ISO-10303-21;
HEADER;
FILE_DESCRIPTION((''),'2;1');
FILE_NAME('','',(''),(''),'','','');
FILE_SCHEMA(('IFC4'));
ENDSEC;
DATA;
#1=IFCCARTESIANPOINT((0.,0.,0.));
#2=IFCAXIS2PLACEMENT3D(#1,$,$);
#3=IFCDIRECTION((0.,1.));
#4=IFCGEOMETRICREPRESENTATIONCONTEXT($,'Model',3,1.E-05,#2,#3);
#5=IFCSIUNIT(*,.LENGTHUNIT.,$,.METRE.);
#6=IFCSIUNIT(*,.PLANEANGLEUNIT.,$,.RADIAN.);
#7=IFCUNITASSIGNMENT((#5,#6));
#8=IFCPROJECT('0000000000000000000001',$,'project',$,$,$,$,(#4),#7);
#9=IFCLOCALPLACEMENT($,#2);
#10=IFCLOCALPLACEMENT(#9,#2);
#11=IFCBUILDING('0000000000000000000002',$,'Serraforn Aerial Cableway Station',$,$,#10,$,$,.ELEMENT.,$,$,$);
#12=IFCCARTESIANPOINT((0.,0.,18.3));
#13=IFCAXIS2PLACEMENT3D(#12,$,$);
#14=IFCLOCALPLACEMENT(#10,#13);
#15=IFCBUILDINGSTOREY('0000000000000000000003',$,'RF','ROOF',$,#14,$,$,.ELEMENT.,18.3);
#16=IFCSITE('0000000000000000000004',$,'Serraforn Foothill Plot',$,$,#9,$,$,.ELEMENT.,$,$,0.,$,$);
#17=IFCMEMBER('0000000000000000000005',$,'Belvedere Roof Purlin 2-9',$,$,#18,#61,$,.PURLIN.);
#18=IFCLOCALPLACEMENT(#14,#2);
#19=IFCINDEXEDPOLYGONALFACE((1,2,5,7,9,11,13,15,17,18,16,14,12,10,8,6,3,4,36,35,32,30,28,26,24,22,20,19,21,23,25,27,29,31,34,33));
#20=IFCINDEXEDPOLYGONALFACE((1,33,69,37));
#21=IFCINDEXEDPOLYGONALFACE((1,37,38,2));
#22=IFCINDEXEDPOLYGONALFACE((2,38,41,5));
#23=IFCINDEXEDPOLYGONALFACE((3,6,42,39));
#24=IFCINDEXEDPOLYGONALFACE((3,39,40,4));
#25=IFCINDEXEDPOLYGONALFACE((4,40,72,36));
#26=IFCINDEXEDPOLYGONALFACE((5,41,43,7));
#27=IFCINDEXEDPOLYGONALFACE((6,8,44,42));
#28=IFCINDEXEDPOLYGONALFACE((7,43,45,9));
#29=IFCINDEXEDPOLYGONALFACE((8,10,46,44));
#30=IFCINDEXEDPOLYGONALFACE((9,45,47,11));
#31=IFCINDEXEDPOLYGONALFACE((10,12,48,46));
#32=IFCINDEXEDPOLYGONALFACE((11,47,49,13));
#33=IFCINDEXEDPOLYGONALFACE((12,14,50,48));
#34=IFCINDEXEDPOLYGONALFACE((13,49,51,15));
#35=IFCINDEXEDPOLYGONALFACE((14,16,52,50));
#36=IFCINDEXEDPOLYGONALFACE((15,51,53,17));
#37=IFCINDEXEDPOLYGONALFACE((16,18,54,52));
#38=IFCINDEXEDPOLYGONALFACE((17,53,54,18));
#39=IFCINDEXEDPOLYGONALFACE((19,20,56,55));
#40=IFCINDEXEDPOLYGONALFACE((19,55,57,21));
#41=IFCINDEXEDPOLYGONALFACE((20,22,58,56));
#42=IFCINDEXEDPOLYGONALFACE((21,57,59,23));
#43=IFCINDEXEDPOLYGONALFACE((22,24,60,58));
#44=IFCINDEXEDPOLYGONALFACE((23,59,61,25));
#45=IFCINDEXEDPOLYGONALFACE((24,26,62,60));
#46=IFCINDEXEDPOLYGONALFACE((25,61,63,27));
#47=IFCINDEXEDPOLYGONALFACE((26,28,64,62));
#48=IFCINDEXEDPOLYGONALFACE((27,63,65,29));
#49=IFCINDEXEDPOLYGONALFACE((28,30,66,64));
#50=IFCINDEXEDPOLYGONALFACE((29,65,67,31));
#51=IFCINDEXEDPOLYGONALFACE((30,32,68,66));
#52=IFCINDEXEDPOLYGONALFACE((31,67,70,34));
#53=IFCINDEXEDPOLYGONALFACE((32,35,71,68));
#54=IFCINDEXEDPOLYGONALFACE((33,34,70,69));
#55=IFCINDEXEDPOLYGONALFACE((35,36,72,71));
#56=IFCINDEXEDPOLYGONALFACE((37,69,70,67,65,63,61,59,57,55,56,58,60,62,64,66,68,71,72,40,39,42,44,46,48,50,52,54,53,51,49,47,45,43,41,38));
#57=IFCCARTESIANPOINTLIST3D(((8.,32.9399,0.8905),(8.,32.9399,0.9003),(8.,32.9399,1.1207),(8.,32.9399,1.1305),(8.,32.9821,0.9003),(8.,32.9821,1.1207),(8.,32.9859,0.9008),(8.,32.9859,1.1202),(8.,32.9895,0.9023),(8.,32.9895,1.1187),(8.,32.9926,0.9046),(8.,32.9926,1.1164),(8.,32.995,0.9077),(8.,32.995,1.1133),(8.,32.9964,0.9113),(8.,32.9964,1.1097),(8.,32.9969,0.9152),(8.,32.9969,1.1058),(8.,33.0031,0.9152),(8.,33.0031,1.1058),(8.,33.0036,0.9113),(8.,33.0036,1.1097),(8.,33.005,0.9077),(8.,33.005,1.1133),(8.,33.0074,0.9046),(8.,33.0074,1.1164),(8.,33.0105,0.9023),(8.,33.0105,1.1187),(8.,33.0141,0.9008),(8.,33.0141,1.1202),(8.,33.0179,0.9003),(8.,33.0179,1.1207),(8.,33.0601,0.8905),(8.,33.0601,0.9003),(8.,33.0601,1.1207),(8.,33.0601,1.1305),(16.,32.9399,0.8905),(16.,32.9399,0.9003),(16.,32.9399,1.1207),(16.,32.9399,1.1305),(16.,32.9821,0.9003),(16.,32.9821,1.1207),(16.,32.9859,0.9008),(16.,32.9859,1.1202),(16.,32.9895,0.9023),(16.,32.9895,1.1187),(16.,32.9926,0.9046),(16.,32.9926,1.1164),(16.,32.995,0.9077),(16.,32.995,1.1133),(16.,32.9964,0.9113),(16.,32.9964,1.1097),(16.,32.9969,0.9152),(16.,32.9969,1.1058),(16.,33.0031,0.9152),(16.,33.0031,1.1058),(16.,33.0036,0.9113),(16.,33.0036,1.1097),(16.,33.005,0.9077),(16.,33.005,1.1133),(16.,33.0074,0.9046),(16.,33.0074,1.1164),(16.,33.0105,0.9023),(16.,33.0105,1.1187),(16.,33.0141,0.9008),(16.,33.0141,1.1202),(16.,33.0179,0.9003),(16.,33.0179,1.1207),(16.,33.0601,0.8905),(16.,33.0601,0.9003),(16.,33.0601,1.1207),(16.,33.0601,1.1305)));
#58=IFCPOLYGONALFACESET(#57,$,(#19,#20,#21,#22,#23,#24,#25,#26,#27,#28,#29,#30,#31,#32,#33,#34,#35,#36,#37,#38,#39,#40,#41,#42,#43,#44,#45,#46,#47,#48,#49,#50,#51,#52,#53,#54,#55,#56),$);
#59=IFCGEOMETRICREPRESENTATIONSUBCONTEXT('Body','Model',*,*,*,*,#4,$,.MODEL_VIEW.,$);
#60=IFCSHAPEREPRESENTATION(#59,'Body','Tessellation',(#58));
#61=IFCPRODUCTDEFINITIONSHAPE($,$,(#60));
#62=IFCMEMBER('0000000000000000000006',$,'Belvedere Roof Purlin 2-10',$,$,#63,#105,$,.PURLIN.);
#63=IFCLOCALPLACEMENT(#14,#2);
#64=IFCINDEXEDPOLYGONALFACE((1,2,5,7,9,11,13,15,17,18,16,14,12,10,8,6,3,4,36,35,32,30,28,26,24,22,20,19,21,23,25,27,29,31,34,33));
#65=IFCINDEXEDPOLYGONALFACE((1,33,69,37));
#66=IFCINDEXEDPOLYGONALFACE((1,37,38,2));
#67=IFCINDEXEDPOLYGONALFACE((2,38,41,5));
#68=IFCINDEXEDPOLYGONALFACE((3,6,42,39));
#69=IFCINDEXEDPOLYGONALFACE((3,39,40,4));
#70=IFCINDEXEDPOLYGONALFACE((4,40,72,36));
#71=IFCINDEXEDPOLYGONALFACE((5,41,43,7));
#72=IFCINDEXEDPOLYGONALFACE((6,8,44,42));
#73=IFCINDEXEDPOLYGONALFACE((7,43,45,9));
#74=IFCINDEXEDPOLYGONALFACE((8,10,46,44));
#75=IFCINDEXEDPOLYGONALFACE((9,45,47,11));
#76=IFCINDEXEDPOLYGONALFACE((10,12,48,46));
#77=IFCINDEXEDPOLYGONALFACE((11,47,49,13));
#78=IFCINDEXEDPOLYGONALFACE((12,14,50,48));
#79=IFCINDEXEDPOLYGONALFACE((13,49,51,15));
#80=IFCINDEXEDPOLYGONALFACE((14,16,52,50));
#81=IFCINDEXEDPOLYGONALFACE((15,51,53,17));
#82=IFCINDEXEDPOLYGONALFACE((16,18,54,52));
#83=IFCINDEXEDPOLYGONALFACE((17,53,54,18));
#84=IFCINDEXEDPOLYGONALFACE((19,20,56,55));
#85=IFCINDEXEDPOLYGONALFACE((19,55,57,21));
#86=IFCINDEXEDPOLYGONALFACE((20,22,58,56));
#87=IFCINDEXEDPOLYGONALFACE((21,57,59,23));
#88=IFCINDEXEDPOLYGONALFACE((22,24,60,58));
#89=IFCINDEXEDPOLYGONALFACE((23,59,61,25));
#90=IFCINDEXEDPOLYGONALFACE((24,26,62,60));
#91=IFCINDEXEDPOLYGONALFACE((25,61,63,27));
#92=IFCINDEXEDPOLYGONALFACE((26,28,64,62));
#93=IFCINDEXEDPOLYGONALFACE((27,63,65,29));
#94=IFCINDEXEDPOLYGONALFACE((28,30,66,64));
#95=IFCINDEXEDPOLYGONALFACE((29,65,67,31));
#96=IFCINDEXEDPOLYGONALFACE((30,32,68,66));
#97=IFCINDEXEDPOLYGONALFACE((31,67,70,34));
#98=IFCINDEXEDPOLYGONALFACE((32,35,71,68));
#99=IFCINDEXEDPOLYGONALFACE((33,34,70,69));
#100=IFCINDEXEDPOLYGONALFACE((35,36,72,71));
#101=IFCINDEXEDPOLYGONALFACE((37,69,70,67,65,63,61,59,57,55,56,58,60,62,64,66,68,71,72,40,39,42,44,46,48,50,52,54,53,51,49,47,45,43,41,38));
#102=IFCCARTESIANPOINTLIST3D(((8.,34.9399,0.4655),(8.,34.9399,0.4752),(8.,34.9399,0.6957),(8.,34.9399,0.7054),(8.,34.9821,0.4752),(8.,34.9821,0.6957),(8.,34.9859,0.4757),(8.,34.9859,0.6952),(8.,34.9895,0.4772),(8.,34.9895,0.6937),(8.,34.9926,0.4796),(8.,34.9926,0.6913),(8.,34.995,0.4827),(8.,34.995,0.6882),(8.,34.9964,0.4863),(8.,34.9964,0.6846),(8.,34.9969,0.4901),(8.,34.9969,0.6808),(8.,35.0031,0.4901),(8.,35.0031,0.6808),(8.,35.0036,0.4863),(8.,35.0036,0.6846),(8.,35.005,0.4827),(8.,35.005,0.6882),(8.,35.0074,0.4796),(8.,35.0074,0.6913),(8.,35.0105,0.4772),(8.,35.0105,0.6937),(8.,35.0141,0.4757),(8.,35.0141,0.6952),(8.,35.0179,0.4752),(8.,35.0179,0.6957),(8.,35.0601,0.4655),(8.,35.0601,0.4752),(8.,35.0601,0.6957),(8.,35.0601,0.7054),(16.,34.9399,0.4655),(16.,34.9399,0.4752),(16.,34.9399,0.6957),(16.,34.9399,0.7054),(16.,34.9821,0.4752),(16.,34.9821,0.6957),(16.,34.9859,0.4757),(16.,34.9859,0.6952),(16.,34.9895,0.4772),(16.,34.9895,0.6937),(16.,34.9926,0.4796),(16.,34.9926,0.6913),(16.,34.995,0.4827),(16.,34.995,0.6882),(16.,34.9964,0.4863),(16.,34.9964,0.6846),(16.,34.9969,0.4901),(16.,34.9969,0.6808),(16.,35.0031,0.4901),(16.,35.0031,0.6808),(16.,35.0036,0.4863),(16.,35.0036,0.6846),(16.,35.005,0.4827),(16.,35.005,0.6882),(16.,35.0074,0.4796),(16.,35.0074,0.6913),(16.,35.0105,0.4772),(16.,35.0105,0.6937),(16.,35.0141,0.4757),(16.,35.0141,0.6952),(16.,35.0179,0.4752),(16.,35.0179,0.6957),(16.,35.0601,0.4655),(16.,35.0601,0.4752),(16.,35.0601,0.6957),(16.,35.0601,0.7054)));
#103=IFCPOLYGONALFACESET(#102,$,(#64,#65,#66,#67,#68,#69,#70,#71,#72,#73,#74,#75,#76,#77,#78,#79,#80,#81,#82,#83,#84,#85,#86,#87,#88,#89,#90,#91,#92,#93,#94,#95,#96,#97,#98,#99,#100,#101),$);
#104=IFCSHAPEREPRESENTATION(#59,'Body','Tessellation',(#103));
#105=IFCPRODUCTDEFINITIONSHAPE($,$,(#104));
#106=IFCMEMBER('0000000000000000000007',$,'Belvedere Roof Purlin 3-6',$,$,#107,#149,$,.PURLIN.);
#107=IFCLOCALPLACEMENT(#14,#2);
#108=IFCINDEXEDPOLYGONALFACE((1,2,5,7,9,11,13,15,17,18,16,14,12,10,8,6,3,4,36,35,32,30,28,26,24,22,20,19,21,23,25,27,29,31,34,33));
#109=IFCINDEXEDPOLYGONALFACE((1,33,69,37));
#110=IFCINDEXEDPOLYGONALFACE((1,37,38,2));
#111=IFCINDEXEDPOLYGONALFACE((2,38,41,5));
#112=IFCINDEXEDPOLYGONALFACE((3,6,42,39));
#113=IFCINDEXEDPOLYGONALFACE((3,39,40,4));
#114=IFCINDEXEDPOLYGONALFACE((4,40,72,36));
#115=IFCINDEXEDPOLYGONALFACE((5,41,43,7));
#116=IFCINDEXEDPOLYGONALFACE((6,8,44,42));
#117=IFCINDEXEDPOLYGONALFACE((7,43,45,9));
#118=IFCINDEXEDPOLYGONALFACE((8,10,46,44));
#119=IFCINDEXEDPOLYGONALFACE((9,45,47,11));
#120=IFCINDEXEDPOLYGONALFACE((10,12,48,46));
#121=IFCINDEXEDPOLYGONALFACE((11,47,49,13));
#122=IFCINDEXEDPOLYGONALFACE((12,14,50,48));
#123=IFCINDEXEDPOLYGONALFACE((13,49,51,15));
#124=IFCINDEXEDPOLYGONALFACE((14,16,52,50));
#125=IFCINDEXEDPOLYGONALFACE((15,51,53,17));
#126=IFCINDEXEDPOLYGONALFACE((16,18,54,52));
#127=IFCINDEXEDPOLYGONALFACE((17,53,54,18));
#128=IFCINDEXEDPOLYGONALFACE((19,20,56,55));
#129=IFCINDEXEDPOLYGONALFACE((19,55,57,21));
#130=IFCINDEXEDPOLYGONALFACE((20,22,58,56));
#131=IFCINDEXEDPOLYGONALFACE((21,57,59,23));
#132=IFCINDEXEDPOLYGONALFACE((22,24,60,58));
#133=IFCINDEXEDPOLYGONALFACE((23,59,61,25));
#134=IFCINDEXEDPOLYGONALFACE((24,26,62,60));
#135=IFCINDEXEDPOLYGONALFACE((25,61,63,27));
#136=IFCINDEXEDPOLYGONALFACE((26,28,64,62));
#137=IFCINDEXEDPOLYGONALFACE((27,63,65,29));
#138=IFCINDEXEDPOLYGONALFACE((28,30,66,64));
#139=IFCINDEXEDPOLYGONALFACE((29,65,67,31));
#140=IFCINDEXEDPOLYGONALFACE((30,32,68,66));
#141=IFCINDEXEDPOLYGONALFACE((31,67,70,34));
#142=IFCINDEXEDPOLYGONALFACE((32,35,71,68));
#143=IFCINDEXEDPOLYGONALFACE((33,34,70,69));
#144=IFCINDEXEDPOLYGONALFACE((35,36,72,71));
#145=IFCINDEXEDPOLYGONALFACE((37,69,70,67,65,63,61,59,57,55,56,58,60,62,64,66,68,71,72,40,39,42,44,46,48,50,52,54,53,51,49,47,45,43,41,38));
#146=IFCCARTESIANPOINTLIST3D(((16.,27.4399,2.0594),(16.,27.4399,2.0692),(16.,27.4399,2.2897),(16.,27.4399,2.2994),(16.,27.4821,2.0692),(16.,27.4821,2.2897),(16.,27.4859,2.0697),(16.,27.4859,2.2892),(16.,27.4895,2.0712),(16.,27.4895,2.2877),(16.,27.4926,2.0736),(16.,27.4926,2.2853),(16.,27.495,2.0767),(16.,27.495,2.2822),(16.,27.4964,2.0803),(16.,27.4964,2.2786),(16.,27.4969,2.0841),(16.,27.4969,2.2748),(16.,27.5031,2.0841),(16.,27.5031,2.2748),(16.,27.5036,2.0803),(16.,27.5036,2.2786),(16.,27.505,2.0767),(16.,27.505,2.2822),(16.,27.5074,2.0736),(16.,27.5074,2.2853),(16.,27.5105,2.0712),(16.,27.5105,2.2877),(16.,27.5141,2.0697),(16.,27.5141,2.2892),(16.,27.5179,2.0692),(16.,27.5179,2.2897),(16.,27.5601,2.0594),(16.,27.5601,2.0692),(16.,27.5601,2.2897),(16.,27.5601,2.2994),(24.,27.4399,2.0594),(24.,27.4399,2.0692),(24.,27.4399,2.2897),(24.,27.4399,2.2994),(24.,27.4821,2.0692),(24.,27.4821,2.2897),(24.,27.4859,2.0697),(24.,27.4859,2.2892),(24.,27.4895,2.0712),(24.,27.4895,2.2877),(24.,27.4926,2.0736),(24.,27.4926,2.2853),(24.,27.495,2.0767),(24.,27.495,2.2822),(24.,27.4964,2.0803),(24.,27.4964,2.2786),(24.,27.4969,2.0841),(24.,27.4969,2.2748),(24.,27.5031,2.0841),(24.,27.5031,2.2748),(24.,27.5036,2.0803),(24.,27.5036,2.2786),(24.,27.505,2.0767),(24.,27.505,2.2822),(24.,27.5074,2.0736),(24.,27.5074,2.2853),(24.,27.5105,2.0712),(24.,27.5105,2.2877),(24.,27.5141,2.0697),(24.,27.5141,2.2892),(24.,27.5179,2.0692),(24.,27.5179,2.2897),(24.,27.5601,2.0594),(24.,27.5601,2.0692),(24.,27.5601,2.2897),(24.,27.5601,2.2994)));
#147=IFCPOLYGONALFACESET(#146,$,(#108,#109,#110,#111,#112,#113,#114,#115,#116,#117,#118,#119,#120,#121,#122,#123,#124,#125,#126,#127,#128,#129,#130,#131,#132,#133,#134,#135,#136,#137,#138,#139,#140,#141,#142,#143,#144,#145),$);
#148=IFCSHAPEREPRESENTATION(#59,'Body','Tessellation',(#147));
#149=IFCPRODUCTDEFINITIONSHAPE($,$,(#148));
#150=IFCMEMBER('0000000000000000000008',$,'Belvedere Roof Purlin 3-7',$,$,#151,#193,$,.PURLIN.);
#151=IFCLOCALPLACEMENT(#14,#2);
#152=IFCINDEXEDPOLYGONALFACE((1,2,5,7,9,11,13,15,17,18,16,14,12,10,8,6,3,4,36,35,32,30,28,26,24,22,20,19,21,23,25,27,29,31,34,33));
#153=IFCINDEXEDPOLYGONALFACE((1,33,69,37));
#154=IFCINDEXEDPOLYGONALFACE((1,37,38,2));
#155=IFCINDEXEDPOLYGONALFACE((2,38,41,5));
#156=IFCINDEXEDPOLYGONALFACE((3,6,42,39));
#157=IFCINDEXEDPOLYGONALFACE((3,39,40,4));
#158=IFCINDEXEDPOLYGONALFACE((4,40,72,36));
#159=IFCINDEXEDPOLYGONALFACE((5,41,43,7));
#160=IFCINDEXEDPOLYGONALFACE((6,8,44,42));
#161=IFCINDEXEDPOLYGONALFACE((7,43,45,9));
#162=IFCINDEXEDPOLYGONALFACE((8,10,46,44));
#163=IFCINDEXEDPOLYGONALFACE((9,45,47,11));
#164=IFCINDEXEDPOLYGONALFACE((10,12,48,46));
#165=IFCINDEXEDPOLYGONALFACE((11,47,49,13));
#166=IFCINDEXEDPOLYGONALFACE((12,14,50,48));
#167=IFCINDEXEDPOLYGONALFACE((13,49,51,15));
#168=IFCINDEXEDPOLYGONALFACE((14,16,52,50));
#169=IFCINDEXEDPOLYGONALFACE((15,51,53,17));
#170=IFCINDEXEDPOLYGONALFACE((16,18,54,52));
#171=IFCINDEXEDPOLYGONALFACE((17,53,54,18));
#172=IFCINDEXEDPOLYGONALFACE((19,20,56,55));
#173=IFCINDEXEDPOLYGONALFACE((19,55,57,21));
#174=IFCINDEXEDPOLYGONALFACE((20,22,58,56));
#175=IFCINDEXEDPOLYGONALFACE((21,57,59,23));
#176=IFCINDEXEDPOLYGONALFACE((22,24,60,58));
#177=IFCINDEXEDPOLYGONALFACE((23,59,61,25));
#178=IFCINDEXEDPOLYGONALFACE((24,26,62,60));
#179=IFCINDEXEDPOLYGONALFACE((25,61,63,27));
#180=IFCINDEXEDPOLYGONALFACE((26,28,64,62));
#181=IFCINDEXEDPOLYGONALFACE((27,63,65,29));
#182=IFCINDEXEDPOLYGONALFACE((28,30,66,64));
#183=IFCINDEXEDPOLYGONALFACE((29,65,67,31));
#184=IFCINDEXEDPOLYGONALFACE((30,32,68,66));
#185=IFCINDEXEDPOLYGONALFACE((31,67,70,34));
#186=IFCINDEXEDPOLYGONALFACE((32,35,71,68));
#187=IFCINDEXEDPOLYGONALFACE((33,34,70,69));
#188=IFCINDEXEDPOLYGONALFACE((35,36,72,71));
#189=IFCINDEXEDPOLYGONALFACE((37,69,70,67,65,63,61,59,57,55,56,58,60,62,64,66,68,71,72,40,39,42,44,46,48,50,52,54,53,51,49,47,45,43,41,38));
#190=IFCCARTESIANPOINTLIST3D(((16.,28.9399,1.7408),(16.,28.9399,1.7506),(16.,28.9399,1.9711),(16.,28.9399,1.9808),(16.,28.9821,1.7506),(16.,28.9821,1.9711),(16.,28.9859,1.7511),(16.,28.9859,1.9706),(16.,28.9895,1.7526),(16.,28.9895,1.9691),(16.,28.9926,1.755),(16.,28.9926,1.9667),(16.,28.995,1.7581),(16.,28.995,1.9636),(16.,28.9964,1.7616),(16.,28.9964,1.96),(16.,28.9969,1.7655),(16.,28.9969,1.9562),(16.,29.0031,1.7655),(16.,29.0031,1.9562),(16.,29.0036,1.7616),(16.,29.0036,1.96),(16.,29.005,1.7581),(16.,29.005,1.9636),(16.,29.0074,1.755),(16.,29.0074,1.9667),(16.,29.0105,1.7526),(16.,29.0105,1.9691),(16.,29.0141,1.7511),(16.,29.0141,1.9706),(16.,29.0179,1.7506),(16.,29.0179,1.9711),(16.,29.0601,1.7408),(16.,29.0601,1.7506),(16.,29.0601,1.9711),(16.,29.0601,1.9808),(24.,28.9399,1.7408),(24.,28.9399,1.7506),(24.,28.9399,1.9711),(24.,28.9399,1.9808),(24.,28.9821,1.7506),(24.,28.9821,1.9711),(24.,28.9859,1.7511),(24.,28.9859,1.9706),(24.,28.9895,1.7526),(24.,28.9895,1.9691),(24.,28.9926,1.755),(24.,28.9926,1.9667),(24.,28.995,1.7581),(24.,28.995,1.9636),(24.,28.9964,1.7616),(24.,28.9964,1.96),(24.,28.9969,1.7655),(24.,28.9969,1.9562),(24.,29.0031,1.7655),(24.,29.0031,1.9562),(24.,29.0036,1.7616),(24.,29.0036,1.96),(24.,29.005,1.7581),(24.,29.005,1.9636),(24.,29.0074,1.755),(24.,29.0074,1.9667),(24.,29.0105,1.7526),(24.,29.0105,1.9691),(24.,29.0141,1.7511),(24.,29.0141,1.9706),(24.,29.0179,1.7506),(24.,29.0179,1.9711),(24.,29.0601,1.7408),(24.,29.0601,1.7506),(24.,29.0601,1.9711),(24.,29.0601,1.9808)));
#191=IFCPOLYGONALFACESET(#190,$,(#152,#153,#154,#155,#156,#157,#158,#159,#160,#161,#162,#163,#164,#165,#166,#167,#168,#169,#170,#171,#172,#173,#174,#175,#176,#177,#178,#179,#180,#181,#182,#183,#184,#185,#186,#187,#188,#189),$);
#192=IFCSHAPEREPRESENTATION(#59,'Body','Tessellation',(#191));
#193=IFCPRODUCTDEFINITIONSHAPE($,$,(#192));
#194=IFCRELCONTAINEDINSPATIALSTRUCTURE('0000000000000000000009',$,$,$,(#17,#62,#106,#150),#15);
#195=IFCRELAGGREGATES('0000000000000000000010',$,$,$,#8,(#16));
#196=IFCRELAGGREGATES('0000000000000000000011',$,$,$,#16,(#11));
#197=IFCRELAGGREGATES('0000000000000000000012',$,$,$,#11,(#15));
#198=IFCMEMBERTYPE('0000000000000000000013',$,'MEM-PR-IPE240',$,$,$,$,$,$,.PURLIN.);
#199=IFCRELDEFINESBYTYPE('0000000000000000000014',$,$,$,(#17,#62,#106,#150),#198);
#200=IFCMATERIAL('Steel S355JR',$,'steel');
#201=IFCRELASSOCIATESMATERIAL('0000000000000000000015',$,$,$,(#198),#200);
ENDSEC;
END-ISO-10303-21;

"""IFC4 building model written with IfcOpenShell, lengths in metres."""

from ifc_helpers import new_model, si_unit, direction, frame, origin, origin_2d, place, context, subcontext, project, spatial, i_section, extrude, material, material_profile, profile_set, type_object, element, save


model = new_model("IFC4")

# Units and contexts
model_context = context("Model", 3, precision=1e-05, world=origin(), true_north=direction((0.0, 1.0)))
body_context = subcontext(model_context, "Body", "Model", "MODEL_VIEW")
ifc_project = project(units=[si_unit("LENGTHUNIT", "METRE"), si_unit("PLANEANGLEUNIT", "RADIAN")], contexts=[model_context])

# Site, building, storey
site_placement = place(None, origin())
site = spatial("IfcSite", under=ifc_project, at=site_placement, Name="Serraforn Foothill Plot", CompositionType="ELEMENT", RefElevation=0.0)
building_placement = place(site_placement, origin())
building = spatial("IfcBuilding", under=site, at=building_placement, Name="Serraforn Aerial Cableway Station", CompositionType="ELEMENT")
storey_placement = place(building_placement, frame((0.0, 0.0, 18.3)))
storey = spatial("IfcBuildingStorey", under=building, at=storey_placement, Name="RF", Description="ROOF", CompositionType="ELEMENT", Elevation=18.3)

# Shared definitions
ifc_material_1 = material(Name="Steel S355JR", Category="steel")

# Members
ifc_material_profile_1 = material_profile(ifc_material_1, i_section(OverallWidth=0.1201, OverallDepth=0.24, WebThickness=0.0061, FlangeThickness=0.0098, FilletRadius=0.0149, at=origin_2d()), Name="IPE 240")
ifc_profile_set_1 = profile_set([ifc_material_profile_1], Name="Steel S355JR")
member_type_1 = type_object("IfcMemberType", Name="MEM-PR-IPE240", PredefinedType="PURLIN", material=ifc_profile_set_1)
for number, where, z_axis, x_axis, name in (
    (1, (8.0, 33.0, 1.0105), (1.0, 0.0, 0.0), (0.0, 1.0, 0.0), "Belvedere Roof Purlin 2-9"),
    (2, (8.0, 35.0, 0.5854), (1.0, 0.0, 0.0), (0.0, 1.0, 0.0), "Belvedere Roof Purlin 2-10"),
    (3, (16.0, 27.5, 2.1794), (1.0, 0.0, 0.0), (0.0, 1.0, 0.0), "Belvedere Roof Purlin 3-6"),
    (4, (16.0, 29.0, 1.8608), (1.0, 0.0, 0.0), (0.0, 1.0, 0.0), "Belvedere Roof Purlin 3-7"),
):
    element("IfcMember", number, at=place(storey_placement, frame(where, z_axis=z_axis, x_axis=x_axis)), inside=storey, type_object=member_type_1, Name=name, PredefinedType="PURLIN", context=body_context, shape_type="SweptSolid", body=[
        extrude(i_section(OverallWidth=0.1201, OverallDepth=0.24, WebThickness=0.0061, FlangeThickness=0.0098, FilletRadius=0.0149, at=origin_2d()), origin(), (0.0, 0.0, 1.0), 8.0),
    ])

save(model, "model.ifc")
